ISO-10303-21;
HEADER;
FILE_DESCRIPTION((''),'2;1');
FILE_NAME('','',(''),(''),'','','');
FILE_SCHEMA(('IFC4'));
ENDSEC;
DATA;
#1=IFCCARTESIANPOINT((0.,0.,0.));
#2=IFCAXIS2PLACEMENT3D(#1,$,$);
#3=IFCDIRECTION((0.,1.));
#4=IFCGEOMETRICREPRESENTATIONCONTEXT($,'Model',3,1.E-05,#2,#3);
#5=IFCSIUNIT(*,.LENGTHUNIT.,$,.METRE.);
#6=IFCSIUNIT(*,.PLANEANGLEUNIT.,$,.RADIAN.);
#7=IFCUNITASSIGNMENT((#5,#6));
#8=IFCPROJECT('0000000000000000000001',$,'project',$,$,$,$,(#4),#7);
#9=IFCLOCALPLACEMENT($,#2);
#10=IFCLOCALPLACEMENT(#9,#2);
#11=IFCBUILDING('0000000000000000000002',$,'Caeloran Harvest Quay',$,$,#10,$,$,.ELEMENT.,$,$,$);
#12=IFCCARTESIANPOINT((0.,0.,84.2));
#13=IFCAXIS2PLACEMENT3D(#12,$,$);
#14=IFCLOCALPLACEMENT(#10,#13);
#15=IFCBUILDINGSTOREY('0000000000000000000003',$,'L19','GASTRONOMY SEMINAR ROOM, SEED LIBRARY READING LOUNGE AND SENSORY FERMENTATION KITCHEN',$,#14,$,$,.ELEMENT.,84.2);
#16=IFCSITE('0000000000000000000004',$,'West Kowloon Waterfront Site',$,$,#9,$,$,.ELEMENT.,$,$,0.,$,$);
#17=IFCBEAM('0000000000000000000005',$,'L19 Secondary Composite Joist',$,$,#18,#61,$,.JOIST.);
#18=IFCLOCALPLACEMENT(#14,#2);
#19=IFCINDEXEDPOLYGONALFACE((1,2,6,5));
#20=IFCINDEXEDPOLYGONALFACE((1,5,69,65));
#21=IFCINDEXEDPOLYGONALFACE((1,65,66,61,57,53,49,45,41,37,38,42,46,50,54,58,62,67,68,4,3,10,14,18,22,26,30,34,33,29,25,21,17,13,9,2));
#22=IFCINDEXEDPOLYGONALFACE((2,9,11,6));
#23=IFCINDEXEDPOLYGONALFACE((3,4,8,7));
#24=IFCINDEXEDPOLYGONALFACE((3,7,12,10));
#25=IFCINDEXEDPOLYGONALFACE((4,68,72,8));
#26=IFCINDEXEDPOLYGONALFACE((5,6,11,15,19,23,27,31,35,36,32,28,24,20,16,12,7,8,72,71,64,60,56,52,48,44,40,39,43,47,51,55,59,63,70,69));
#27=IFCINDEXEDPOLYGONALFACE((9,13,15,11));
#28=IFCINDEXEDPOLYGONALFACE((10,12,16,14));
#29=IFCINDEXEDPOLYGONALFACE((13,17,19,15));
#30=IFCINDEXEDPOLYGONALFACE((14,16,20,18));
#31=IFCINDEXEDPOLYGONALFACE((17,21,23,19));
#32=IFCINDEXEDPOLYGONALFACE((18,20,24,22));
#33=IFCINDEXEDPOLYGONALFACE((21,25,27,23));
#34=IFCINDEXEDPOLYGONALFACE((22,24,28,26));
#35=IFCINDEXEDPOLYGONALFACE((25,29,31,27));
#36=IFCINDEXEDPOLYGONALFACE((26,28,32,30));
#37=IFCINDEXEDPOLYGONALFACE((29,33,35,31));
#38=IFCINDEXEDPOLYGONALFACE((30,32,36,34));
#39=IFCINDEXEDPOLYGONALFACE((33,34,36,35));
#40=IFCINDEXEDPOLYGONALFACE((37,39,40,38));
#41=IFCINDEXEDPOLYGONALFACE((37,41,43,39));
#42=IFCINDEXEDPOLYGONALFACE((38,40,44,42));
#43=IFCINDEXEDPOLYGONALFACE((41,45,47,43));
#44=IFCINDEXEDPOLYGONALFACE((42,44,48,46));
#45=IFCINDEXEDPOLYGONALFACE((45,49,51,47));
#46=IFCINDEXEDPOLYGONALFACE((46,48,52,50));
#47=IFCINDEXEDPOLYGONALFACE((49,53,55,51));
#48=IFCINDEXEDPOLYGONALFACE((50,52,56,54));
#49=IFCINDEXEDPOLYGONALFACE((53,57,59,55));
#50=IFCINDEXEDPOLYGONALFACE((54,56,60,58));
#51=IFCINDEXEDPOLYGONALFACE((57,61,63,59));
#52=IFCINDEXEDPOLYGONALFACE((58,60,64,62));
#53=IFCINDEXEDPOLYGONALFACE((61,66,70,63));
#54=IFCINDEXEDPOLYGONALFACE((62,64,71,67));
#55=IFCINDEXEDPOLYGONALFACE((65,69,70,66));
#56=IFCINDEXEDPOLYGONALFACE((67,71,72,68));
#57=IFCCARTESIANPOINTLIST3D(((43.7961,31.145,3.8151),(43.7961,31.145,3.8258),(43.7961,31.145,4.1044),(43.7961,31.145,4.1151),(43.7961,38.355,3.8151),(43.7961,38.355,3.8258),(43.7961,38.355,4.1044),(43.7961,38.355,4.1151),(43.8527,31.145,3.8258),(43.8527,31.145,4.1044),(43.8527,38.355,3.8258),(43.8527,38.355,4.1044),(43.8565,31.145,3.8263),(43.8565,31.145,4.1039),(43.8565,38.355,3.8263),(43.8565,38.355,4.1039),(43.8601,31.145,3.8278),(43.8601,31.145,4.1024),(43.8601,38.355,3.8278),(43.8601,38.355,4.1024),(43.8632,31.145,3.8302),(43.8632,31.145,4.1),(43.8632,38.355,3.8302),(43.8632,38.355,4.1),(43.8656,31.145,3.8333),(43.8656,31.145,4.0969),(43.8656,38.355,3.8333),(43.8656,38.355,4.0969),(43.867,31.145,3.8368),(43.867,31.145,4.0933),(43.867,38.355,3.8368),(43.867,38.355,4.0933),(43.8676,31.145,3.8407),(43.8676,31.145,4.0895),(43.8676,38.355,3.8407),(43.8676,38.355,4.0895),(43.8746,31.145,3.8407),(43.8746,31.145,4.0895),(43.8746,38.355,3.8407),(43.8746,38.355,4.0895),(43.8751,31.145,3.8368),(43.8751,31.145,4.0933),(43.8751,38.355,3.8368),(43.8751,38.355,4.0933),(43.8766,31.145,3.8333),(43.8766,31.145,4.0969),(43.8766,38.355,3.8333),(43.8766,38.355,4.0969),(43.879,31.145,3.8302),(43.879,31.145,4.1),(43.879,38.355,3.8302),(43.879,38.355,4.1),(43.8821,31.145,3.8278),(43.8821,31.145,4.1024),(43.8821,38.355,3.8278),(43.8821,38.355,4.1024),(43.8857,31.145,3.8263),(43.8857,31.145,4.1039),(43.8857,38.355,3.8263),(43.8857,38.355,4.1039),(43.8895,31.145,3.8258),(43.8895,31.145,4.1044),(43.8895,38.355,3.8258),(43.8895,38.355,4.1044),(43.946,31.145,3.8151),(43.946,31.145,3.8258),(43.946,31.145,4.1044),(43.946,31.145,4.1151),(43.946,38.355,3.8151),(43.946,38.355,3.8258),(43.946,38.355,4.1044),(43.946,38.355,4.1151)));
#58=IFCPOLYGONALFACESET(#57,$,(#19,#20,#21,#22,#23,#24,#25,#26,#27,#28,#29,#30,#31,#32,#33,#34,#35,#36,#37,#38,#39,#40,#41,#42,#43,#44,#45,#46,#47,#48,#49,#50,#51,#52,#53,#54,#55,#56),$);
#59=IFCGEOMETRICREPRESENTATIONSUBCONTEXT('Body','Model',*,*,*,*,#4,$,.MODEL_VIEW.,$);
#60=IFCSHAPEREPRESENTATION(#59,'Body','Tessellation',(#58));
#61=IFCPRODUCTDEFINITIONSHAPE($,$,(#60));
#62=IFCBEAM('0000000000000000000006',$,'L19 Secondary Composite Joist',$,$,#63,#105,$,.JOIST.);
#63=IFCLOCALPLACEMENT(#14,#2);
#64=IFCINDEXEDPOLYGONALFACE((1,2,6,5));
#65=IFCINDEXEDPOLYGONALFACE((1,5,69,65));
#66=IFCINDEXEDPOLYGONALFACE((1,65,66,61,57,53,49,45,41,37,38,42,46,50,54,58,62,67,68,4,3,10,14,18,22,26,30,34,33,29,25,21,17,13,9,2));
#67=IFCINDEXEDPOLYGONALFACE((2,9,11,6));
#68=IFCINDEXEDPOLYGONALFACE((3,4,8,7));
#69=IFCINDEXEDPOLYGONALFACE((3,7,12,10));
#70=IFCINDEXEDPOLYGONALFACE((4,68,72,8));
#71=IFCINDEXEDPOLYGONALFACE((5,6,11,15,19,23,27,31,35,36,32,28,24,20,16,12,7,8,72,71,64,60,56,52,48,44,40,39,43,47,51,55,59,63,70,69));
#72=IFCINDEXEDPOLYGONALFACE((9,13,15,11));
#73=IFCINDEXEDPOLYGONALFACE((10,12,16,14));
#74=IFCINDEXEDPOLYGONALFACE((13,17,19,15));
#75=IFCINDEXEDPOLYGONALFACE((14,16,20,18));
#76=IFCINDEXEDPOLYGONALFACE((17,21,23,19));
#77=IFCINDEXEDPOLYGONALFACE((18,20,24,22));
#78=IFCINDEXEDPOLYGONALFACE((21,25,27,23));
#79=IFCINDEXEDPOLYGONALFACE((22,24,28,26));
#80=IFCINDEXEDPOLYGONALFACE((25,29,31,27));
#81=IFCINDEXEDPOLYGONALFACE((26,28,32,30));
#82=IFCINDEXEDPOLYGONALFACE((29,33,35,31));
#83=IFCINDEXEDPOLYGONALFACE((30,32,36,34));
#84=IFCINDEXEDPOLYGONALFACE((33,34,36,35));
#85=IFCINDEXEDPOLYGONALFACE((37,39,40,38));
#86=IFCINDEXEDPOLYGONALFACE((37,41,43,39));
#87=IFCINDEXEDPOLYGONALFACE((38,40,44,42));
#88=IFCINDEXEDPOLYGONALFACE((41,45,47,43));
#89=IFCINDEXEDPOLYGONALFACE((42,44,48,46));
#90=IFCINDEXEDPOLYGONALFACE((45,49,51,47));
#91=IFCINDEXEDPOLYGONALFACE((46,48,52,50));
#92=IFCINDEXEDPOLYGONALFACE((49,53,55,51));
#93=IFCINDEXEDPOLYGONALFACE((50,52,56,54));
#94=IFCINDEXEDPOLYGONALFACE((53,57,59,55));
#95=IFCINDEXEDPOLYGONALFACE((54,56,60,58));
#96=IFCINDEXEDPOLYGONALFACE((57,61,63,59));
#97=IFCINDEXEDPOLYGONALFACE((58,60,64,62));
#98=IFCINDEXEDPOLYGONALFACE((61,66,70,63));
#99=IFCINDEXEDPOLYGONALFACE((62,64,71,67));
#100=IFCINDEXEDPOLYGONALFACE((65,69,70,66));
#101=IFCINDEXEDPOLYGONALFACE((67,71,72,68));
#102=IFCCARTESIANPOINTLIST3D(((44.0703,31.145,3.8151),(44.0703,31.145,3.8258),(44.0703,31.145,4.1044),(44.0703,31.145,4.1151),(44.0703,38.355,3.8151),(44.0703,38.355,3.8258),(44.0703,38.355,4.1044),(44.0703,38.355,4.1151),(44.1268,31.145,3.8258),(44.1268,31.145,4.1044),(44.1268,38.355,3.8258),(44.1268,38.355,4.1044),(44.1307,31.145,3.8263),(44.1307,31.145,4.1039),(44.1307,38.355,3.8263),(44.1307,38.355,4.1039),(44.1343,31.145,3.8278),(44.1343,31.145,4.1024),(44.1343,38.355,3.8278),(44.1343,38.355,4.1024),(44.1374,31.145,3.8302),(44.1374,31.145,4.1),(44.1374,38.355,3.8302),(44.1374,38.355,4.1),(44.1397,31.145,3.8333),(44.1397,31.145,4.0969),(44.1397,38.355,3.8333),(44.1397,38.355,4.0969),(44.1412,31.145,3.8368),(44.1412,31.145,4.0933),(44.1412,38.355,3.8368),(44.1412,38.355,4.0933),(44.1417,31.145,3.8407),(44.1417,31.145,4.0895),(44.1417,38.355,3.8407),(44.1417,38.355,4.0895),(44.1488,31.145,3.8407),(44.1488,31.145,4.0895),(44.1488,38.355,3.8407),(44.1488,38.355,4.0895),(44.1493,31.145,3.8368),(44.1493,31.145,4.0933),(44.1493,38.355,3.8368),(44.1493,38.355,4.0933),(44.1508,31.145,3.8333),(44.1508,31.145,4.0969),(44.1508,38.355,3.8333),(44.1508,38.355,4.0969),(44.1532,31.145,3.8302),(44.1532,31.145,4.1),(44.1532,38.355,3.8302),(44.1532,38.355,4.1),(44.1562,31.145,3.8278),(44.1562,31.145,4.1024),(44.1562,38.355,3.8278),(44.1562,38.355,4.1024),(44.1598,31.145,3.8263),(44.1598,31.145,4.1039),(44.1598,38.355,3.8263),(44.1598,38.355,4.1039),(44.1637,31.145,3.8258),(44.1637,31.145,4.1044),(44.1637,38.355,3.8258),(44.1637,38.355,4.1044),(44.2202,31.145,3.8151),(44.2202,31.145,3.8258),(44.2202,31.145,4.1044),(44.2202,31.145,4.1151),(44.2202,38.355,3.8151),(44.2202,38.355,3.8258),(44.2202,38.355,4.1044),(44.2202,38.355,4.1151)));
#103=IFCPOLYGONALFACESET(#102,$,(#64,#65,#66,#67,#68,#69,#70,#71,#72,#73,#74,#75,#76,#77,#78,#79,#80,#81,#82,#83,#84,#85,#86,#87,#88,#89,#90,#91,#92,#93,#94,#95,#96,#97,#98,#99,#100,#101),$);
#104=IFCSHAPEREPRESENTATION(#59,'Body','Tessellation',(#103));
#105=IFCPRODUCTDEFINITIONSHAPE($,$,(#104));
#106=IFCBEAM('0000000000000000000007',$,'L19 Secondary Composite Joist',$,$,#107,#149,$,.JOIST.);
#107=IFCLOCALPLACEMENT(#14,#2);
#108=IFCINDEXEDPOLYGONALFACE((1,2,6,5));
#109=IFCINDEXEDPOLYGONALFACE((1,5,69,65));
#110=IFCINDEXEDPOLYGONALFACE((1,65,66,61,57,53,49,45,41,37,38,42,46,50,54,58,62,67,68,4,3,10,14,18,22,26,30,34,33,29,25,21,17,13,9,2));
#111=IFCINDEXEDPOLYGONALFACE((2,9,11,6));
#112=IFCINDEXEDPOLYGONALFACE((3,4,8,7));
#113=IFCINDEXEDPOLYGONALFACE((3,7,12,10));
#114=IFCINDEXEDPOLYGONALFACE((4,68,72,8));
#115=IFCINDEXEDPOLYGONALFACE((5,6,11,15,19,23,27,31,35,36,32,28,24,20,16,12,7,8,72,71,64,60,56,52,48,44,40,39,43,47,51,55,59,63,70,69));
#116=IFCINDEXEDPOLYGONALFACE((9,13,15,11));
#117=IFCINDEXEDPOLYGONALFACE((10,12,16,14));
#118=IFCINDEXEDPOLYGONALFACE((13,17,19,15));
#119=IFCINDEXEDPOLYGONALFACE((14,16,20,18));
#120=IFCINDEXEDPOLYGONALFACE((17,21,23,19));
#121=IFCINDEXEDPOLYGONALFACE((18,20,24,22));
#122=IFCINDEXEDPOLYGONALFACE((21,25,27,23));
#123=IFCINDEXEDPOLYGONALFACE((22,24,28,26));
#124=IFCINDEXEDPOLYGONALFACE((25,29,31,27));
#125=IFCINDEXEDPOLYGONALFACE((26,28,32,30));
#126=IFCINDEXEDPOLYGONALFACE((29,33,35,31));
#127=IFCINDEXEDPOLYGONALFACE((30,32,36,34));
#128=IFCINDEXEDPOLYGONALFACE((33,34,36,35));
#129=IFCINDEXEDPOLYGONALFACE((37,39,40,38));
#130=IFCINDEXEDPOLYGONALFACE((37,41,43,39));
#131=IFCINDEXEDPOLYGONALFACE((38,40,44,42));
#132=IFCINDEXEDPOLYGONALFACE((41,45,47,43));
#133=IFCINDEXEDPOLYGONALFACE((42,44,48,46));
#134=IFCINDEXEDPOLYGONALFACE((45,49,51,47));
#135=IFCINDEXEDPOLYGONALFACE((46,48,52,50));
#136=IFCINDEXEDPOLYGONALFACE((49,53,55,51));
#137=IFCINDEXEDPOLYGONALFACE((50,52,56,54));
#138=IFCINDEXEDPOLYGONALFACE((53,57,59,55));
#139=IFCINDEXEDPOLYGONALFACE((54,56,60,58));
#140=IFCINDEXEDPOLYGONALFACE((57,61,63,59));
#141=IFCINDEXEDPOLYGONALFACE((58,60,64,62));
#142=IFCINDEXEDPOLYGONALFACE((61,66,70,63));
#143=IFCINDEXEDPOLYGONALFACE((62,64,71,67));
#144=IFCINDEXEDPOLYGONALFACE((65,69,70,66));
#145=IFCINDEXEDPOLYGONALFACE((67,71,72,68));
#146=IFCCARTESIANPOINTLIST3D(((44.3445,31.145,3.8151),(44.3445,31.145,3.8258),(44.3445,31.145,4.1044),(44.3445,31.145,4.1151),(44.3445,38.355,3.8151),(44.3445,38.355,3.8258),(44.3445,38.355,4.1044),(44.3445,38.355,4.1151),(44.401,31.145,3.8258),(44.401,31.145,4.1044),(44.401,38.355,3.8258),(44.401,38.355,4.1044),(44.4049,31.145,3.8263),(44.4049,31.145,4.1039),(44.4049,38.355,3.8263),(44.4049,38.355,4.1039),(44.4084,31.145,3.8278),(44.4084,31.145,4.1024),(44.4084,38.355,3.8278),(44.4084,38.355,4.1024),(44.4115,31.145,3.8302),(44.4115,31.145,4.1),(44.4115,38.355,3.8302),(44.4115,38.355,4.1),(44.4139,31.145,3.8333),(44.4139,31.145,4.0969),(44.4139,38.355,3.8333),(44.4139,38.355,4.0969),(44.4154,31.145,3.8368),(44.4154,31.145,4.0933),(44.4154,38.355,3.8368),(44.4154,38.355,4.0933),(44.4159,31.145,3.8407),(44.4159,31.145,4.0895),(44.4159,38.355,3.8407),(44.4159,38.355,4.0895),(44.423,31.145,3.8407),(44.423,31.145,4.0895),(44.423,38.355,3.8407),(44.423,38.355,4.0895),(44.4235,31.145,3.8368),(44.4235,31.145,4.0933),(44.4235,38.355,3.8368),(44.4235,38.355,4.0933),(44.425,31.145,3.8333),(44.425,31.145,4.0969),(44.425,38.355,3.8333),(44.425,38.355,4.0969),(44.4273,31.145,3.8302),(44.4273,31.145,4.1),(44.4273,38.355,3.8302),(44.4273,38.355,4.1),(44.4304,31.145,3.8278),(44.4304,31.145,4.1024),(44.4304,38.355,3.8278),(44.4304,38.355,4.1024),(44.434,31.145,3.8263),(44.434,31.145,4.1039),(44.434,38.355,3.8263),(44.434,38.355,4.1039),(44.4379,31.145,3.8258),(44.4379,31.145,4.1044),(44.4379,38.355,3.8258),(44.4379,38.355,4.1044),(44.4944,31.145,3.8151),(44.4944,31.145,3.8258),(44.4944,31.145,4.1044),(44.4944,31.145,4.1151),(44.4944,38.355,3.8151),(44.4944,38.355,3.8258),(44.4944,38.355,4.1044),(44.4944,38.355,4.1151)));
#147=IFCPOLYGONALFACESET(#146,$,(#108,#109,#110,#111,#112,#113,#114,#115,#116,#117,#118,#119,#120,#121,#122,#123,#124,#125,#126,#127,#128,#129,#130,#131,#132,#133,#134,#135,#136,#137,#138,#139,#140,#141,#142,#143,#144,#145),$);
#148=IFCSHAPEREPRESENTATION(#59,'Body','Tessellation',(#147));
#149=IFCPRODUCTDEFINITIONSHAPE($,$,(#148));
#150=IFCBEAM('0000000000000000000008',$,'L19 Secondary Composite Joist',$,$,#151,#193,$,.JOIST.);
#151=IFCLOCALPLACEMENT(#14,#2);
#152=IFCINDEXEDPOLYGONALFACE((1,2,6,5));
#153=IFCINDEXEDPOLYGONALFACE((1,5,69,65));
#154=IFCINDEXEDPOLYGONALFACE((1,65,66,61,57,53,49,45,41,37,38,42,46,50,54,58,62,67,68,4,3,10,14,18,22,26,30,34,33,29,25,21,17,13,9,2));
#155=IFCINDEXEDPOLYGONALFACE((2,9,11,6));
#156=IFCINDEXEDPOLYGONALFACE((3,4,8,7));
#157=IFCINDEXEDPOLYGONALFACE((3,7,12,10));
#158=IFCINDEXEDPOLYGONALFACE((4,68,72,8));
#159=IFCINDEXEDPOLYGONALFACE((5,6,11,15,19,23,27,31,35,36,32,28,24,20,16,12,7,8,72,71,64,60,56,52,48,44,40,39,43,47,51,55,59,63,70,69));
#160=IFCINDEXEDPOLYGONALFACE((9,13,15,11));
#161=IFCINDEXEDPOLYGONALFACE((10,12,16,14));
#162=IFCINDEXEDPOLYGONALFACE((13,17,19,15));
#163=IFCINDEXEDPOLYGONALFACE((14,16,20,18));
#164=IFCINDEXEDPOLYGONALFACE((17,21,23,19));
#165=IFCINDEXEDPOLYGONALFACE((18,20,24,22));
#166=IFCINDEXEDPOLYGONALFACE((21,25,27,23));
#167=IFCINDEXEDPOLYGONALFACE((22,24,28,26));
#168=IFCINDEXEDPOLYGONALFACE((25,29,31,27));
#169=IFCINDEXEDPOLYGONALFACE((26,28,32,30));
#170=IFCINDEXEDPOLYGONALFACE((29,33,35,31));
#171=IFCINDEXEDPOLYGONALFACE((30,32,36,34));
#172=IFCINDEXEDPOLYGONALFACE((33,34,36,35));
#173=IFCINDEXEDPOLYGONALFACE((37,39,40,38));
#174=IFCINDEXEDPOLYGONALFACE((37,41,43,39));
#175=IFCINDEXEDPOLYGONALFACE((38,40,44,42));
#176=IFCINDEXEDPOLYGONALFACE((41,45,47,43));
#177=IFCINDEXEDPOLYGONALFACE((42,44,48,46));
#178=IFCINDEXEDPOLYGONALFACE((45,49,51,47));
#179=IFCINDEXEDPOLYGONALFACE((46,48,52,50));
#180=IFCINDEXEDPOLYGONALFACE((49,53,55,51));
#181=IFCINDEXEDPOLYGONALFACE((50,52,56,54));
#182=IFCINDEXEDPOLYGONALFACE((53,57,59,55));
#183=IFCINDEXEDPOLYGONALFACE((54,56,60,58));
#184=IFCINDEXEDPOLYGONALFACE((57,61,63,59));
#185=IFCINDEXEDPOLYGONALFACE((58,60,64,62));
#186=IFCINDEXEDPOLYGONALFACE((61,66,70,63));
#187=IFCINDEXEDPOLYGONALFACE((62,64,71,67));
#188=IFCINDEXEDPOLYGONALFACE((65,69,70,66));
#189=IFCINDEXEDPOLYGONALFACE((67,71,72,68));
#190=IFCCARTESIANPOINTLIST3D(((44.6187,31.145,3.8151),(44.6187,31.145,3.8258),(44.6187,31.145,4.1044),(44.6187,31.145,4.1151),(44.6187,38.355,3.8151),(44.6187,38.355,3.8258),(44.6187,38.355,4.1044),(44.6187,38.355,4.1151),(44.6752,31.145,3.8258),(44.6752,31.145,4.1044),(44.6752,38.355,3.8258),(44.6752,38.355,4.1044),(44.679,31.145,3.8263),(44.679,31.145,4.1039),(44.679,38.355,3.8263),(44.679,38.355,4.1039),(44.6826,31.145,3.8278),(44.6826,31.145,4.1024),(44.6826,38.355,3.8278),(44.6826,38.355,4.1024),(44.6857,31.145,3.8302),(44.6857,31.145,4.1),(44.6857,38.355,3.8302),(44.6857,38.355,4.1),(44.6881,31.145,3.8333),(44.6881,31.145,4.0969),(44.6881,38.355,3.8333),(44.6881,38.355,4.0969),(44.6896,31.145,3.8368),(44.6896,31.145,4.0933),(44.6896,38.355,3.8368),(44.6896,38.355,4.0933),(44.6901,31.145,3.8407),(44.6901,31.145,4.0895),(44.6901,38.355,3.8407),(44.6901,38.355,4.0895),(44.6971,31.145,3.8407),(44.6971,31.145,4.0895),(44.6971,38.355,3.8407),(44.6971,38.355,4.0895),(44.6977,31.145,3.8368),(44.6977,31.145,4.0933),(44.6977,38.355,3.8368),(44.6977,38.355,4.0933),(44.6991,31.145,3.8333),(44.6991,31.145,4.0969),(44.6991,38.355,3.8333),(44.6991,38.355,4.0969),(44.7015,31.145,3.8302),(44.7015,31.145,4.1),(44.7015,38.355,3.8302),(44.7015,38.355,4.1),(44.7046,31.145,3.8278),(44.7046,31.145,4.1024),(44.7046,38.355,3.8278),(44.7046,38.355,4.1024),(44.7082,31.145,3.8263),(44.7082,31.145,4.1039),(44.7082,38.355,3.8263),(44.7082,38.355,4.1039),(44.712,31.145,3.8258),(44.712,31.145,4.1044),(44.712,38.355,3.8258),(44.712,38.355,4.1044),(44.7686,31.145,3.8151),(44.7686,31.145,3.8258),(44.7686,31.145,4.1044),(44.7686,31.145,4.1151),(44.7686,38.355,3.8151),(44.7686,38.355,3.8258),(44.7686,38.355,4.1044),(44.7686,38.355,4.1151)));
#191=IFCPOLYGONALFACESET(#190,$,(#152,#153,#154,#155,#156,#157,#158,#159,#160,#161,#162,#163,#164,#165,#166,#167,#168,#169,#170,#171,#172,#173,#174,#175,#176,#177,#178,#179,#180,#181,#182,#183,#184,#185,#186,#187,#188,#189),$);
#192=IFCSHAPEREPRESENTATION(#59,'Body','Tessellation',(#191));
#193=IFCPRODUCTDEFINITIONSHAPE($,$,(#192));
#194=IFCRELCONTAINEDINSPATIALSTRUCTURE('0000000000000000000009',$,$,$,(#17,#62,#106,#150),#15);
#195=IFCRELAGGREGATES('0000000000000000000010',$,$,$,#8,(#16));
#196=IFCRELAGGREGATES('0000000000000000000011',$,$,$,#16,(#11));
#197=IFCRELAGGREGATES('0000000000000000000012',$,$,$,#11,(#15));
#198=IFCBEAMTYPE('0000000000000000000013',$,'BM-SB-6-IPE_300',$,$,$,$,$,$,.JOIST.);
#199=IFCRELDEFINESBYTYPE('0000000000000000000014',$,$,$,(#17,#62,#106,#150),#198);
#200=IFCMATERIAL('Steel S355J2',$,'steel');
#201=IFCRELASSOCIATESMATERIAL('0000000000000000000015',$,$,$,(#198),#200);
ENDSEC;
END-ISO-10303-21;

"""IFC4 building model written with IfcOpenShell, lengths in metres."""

from ifc_helpers import new_model, si_unit, direction, frame, origin, origin_2d, place, context, subcontext, project, spatial, i_section, extrude, material, material_profile, profile_set, type_object, element, save


model = new_model("IFC4")

# Units and contexts
model_context = context("Model", 3, precision=1e-05, world=origin(), true_north=direction((0.0, 1.0)))
body_context = subcontext(model_context, "Body", "Model", "MODEL_VIEW")
ifc_project = project(units=[si_unit("LENGTHUNIT", "METRE"), si_unit("PLANEANGLEUNIT", "RADIAN")], contexts=[model_context])

# Site, building, storey
site_placement = place(None, origin())
site = spatial("IfcSite", under=ifc_project, at=site_placement, Name="West Kowloon Waterfront Site", CompositionType="ELEMENT", RefElevation=0.0)
building_placement = place(site_placement, origin())
building = spatial("IfcBuilding", under=site, at=building_placement, Name="Caeloran Harvest Quay", CompositionType="ELEMENT")
storey_placement = place(building_placement, frame((0.0, 0.0, 84.2)))
storey = spatial("IfcBuildingStorey", under=building, at=storey_placement, Name="L19", Description="GASTRONOMY SEMINAR ROOM, SEED LIBRARY READING LOUNGE AND SENSORY FERMENTATION KITCHEN", CompositionType="ELEMENT", Elevation=84.2)

# Beams
ifc_material_1 = material(Name="Steel S355J2", Category="steel")
ifc_material_profile_1 = material_profile(ifc_material_1, i_section(OverallWidth=0.1499, OverallDepth=0.3, WebThickness=0.0071, FlangeThickness=0.0107, FilletRadius=0.0149, at=origin_2d()), Name="IPE 300")
ifc_profile_set_1 = profile_set([ifc_material_profile_1], Name="Steel S355J2")
beam_type_1 = type_object("IfcBeamType", Name="BM-SB-6-IPE_300", PredefinedType="JOIST", material=ifc_profile_set_1)
for number, where, z_axis, x_axis, name in (
    (1, (43.8711, 31.145, 3.9651), (0.0, 1.0, 0.0), (-1.0, 0.0, 0.0), "L19 Secondary Composite Joist"),
    (2, (44.1453, 31.145, 3.9651), (0.0, 1.0, 0.0), (-1.0, 0.0, 0.0), "L19 Secondary Composite Joist"),
    (3, (44.4194, 31.145, 3.9651), (0.0, 1.0, 0.0), (-1.0, 0.0, 0.0), "L19 Secondary Composite Joist"),
    (4, (44.6936, 31.145, 3.9651), (0.0, 1.0, 0.0), (-1.0, 0.0, 0.0), "L19 Secondary Composite Joist"),
):
    element("IfcBeam", number, at=place(storey_placement, frame(where, z_axis=z_axis, x_axis=x_axis)), inside=storey, type_object=beam_type_1, Name=name, PredefinedType="JOIST", context=body_context, shape_type="SweptSolid", body=[
        extrude(i_section(OverallWidth=0.1499, OverallDepth=0.3, WebThickness=0.0071, FlangeThickness=0.0107, FilletRadius=0.0149, at=origin_2d()), origin(), (0.0, 0.0, 1.0), 7.21),
    ])

save(model, "model.ifc")
